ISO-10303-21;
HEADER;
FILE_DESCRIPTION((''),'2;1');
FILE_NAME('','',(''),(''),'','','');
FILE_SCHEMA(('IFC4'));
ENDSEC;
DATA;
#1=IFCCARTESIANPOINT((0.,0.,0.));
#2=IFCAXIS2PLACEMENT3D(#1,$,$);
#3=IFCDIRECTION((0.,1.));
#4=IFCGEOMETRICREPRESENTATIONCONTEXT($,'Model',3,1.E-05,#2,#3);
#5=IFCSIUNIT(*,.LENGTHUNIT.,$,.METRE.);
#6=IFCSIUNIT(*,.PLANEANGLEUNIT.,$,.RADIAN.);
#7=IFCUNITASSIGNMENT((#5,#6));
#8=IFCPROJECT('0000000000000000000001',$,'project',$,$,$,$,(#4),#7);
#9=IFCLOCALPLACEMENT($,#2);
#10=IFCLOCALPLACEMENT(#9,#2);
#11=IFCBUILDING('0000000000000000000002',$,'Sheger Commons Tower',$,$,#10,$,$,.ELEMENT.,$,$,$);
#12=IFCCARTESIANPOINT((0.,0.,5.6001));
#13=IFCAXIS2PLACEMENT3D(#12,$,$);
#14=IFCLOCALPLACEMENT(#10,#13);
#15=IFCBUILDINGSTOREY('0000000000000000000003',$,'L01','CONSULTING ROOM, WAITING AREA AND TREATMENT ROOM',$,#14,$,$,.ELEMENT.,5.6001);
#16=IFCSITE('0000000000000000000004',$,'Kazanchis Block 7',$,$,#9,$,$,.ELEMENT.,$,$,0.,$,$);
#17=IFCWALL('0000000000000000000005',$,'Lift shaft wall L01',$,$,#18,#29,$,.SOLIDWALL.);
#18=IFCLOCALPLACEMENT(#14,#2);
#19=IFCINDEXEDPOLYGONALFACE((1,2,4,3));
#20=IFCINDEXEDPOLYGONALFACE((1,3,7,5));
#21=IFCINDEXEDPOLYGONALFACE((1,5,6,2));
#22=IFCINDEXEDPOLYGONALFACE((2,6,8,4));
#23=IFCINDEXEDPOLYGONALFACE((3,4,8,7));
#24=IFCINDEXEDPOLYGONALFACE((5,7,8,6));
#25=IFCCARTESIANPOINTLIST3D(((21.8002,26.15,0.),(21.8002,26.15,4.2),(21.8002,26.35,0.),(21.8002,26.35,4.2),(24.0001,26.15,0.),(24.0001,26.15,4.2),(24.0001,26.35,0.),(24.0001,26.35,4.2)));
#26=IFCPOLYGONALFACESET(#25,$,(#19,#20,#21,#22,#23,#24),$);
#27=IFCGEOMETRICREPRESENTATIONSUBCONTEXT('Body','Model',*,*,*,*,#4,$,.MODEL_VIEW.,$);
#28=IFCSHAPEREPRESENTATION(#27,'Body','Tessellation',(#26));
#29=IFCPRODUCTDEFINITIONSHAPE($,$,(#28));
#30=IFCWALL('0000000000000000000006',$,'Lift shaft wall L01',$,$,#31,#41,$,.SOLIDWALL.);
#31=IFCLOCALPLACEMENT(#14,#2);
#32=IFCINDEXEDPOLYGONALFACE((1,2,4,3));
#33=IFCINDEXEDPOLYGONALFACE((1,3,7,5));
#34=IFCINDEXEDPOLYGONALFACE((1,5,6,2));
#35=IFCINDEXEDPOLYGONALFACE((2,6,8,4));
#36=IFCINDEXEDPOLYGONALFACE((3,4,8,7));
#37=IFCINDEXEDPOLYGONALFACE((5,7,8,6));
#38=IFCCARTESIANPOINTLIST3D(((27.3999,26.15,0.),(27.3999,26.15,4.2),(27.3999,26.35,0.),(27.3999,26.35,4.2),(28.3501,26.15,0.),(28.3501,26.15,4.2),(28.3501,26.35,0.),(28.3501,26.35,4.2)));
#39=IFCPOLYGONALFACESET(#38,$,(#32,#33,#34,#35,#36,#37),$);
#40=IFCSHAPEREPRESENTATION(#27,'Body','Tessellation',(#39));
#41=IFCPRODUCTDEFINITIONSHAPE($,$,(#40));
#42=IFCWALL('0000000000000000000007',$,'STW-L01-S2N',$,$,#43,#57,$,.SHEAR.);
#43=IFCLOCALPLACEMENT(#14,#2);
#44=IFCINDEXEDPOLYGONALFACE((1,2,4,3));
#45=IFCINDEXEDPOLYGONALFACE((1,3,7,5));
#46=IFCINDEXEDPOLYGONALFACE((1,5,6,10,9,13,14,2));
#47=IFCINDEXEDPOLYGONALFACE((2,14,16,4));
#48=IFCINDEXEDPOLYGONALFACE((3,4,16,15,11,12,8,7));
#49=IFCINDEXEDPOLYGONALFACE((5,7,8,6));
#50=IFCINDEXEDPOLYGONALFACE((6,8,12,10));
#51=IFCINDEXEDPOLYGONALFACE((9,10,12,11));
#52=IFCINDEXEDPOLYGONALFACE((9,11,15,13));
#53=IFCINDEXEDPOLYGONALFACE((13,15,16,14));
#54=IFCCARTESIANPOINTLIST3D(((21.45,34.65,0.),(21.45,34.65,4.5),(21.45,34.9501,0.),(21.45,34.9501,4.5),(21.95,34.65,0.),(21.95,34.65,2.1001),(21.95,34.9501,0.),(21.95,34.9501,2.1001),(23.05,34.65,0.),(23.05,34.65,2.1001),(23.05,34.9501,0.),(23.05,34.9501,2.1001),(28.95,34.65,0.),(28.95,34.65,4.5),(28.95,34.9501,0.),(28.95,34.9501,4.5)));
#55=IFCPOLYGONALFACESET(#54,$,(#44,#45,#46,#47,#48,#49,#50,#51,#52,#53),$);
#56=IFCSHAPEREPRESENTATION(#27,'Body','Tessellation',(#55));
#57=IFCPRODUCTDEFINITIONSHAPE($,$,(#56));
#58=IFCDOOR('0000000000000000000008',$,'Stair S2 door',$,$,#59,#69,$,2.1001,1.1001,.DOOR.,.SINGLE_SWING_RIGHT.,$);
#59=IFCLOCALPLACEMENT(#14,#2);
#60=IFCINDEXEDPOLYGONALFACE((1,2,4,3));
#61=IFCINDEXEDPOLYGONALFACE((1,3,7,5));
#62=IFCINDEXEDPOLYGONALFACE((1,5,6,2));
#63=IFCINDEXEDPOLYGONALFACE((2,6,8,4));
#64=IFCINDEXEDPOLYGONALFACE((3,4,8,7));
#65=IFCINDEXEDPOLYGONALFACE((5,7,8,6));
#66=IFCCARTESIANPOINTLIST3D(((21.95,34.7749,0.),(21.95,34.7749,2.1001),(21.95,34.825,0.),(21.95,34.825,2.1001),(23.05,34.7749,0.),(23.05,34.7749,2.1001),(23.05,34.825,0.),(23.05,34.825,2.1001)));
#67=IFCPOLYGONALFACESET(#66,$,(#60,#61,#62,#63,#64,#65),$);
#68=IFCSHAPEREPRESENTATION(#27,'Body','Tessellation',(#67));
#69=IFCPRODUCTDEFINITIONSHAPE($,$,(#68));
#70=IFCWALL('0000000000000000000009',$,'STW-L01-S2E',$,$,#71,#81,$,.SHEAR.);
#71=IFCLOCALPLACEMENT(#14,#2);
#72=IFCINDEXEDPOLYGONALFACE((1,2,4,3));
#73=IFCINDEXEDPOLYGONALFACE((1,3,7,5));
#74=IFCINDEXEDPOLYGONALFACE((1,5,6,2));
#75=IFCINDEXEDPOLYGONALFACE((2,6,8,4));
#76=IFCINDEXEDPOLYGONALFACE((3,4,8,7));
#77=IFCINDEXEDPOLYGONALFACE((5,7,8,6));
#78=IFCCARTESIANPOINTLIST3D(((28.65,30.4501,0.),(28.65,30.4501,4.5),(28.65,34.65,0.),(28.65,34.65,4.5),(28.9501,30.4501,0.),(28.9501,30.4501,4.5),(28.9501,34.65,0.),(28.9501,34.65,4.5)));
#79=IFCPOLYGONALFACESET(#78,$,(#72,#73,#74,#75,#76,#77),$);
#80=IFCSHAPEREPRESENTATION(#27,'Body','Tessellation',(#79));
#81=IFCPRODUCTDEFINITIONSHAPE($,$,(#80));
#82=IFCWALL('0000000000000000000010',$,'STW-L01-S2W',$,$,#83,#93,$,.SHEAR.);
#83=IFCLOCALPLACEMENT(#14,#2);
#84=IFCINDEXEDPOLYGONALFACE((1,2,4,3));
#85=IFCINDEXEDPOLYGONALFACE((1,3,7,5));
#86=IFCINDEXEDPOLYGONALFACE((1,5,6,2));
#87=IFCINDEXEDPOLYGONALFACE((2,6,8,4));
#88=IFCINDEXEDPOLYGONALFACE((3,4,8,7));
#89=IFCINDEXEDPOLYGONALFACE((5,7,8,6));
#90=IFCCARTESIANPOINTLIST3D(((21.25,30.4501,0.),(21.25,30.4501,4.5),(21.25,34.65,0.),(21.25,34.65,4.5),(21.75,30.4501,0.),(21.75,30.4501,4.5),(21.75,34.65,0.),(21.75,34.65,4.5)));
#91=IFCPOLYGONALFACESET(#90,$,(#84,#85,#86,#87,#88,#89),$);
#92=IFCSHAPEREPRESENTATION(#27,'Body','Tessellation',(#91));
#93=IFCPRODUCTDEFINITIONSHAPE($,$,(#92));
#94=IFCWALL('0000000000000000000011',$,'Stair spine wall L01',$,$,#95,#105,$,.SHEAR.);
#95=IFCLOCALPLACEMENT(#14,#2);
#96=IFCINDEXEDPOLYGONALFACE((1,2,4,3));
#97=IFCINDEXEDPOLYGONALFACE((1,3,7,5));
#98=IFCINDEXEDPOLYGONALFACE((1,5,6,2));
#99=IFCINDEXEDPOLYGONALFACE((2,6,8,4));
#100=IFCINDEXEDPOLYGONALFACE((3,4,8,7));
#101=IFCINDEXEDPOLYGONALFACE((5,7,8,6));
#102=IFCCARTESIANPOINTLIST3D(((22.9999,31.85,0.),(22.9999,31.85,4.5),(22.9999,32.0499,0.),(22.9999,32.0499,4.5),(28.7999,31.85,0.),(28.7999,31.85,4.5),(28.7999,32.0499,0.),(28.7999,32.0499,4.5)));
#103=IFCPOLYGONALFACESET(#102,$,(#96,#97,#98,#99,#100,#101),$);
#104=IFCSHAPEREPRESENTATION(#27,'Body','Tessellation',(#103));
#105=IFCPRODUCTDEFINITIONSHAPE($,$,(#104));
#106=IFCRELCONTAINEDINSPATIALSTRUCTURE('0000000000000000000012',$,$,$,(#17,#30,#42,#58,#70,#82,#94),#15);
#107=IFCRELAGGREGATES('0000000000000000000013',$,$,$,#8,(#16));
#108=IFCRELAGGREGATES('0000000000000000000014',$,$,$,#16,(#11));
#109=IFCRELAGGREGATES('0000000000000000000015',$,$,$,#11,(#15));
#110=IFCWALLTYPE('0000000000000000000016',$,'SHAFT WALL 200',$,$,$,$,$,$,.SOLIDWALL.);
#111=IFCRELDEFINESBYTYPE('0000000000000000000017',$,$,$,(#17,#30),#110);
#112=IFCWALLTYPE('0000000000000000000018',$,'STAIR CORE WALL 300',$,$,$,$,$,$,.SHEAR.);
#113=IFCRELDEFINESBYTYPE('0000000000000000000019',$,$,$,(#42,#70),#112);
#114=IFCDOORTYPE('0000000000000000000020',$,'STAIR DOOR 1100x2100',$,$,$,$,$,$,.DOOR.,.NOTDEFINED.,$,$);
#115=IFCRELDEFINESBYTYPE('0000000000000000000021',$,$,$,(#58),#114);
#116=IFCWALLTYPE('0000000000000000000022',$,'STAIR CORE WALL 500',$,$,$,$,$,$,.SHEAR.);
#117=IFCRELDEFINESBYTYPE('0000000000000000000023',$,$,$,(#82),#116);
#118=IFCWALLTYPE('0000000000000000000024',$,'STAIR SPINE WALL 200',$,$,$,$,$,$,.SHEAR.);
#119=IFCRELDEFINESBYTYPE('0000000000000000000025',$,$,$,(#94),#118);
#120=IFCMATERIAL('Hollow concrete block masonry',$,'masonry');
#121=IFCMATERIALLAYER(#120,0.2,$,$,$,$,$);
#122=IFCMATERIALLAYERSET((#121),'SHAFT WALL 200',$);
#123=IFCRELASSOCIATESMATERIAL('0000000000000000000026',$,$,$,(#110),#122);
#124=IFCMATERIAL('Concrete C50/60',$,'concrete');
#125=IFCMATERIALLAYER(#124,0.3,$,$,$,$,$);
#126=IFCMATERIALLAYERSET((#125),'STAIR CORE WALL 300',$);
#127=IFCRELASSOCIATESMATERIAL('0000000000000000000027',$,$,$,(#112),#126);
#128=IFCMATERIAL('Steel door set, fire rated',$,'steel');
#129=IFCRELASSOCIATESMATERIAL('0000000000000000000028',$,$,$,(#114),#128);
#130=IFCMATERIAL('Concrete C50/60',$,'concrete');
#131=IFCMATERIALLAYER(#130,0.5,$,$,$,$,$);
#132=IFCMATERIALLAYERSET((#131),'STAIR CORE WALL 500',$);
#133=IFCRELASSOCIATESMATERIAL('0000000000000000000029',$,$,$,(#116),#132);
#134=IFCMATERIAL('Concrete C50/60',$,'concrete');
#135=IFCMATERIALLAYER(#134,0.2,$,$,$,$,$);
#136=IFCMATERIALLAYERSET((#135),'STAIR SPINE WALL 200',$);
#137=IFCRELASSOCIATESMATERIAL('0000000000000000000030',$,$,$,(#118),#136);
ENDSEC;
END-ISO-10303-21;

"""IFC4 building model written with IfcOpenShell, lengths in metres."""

from ifc_helpers import new_model, si_unit, direction, frame, frame_2d, origin, place, context, subcontext, project, spatial, rectangle, extrude, material, layer, layer_set, type_object, element, fill, save


model = new_model("IFC4")

# Units and contexts
model_context = context("Model", 3, precision=1e-05, world=origin(), true_north=direction((0.0, 1.0)))
body_context = subcontext(model_context, "Body", "Model", "MODEL_VIEW")
ifc_project = project(units=[si_unit("LENGTHUNIT", "METRE"), si_unit("PLANEANGLEUNIT", "RADIAN")], contexts=[model_context])

# Site, building, storey
site_placement = place(None, origin())
site = spatial("IfcSite", under=ifc_project, at=site_placement, Name="Kazanchis Block 7", CompositionType="ELEMENT", RefElevation=0.0)
building_placement = place(site_placement, origin())
building = spatial("IfcBuilding", under=site, at=building_placement, Name="Sheger Commons Tower", CompositionType="ELEMENT")
storey_placement = place(building_placement, frame((0.0, 0.0, 5.6001)))
storey = spatial("IfcBuildingStorey", under=building, at=storey_placement, Name="L01", Description="CONSULTING ROOM, WAITING AREA AND TREATMENT ROOM", CompositionType="ELEMENT", Elevation=5.6001)

# Walls
ifc_material_1 = material(Name="Hollow concrete block masonry", Category="masonry")
ifc_layer_1 = layer(ifc_material_1, 0.2)
ifc_layer_set_1 = layer_set([ifc_layer_1], Name="SHAFT WALL 200")
wall_type_1 = type_object("IfcWallType", Name="SHAFT WALL 200", PredefinedType="SOLIDWALL", material=ifc_layer_set_1)
for number, where, z_axis, x_axis, name in (
    (1, (21.8, 26.25, 0.0), (0.0, 0.0, 1.0), (1.0, 0.0, 0.0), "Lift shaft wall L01"),
):
    element("IfcWall", number, at=place(storey_placement, frame(where, z_axis=z_axis, x_axis=x_axis)), inside=storey, type_object=wall_type_1, Name=name, PredefinedType="SOLIDWALL", context=body_context, shape_type="SweptSolid", body=[
        extrude(rectangle(XDim=2.2, YDim=0.2, at=frame_2d((1.1001, 0.0))), origin(), (0.0, 0.0, 1.0), 4.2),
    ])
wall_1_placement = place(storey_placement, frame((27.3999, 26.25, 0.0), z_axis=(0.0, 0.0, 1.0), x_axis=(1.0, 0.0, 0.0)))
element("IfcWall", 2, at=wall_1_placement, inside=storey, type_object=wall_type_1, Name="Lift shaft wall L01", PredefinedType="SOLIDWALL", context=body_context, shape_type="SweptSolid", body=[
    extrude(rectangle(XDim=0.9502, YDim=0.2, at=frame_2d((0.4751, 0.0))), origin(), (0.0, 0.0, 1.0), 4.2),
])

# Wall, opening, door
ifc_material_2 = material(Name="Concrete C50/60", Category="concrete")
ifc_layer_2 = layer(ifc_material_2, 0.3)
ifc_layer_set_2 = layer_set([ifc_layer_2], Name="STAIR CORE WALL 300")
wall_type_2 = type_object("IfcWallType", Name="STAIR CORE WALL 300", PredefinedType="SHEAR", material=ifc_layer_set_2)
wall_2_placement = place(storey_placement, frame((21.45, 34.8, 0.0), z_axis=(0.0, 0.0, 1.0), x_axis=(1.0, 0.0, 0.0)))
wall_2 = element("IfcWall", 3, at=wall_2_placement, inside=storey, type_object=wall_type_2, Name="STW-L01-S2N", PredefinedType="SHEAR", context=body_context, shape_type="SweptSolid", body=[
    extrude(rectangle(XDim=7.5, YDim=0.3, at=frame_2d((3.75, 0.0))), origin(), (0.0, 0.0, 1.0), 4.5),
])
opening_1_placement = place(wall_2_placement, frame((0.5, 0.0, 0.0)))
opening_1 = element("IfcOpeningElement", 4, at=opening_1_placement, cuts=wall_2, PredefinedType="OPENING", context=body_context, shape_type="SweptSolid", body=[
    extrude(rectangle(XDim=1.1001, YDim=2.1001, at=frame_2d((0.55, 1.05))), frame((0.0, 0.1599, 0.0), z_axis=(0.0, -1.0, 0.0), x_axis=(1.0, 0.0, 0.0)), (0.0, 0.0, 1.0), 0.3201),
])
ifc_material_3 = material(Name="Steel door set, fire rated", Category="steel")
door_type_1 = type_object("IfcDoorType", Name="STAIR DOOR 1100x2100", OperationType="NOTDEFINED", PredefinedType="DOOR", material=ifc_material_3)
door_1_placement = place(opening_1_placement, origin())
door_1 = element("IfcDoor", 5, at=door_1_placement, inside=storey, type_object=door_type_1, Name="Stair S2 door", OperationType="SINGLE_SWING_RIGHT", OverallHeight=2.1001, OverallWidth=1.1001, PredefinedType="DOOR", context=body_context, shape_type="SweptSolid", body=[
    extrude(rectangle(XDim=1.1001, YDim=2.1001, at=frame_2d((0.55, 1.05))), frame((0.0, 0.0249, 0.0), z_axis=(0.0, -1.0, 0.0), x_axis=(1.0, 0.0, 0.0)), (0.0, 0.0, 1.0), 0.05),
])
fill(opening_1, door_1)

# Walls
wall_3_placement = place(storey_placement, frame((28.8, 30.45, 0.0), z_axis=(0.0, 0.0, 1.0), x_axis=(0.0, 1.0, 0.0)))
element("IfcWall", 6, at=wall_3_placement, inside=storey, type_object=wall_type_2, Name="STW-L01-S2E", PredefinedType="SHEAR", context=body_context, shape_type="SweptSolid", body=[
    extrude(rectangle(XDim=4.2, YDim=0.3, at=frame_2d((2.1001, 0.0))), origin(), (0.0, 0.0, 1.0), 4.5),
])
ifc_material_4 = material(Name="Concrete C50/60", Category="concrete")
ifc_layer_3 = layer(ifc_material_4, 0.5)
ifc_layer_set_3 = layer_set([ifc_layer_3], Name="STAIR CORE WALL 500")
wall_type_3 = type_object("IfcWallType", Name="STAIR CORE WALL 500", PredefinedType="SHEAR", material=ifc_layer_set_3)
wall_4_placement = place(storey_placement, frame((21.5, 30.45, 0.0), z_axis=(0.0, 0.0, 1.0), x_axis=(0.0, 1.0, 0.0)))
element("IfcWall", 7, at=wall_4_placement, inside=storey, type_object=wall_type_3, Name="STW-L01-S2W", PredefinedType="SHEAR", context=body_context, shape_type="SweptSolid", body=[
    extrude(rectangle(XDim=4.2, YDim=0.5, at=frame_2d((2.1001, 0.0))), origin(), (0.0, 0.0, 1.0), 4.5),
])
ifc_material_5 = material(Name="Concrete C50/60", Category="concrete")
ifc_layer_4 = layer(ifc_material_5, 0.2)
ifc_layer_set_4 = layer_set([ifc_layer_4], Name="STAIR SPINE WALL 200")
wall_type_4 = type_object("IfcWallType", Name="STAIR SPINE WALL 200", PredefinedType="SHEAR", material=ifc_layer_set_4)
wall_5_placement = place(storey_placement, frame((23.0, 31.95, 0.0), z_axis=(0.0, 0.0, 1.0), x_axis=(1.0, 0.0, 0.0)))
element("IfcWall", 8, at=wall_5_placement, inside=storey, type_object=wall_type_4, Name="Stair spine wall L01", PredefinedType="SHEAR", context=body_context, shape_type="SweptSolid", body=[
    extrude(rectangle(XDim=5.8, YDim=0.2, at=frame_2d((2.8999, 0.0))), origin(), (0.0, 0.0, 1.0), 4.5),
])

save(model, "model.ifc")
